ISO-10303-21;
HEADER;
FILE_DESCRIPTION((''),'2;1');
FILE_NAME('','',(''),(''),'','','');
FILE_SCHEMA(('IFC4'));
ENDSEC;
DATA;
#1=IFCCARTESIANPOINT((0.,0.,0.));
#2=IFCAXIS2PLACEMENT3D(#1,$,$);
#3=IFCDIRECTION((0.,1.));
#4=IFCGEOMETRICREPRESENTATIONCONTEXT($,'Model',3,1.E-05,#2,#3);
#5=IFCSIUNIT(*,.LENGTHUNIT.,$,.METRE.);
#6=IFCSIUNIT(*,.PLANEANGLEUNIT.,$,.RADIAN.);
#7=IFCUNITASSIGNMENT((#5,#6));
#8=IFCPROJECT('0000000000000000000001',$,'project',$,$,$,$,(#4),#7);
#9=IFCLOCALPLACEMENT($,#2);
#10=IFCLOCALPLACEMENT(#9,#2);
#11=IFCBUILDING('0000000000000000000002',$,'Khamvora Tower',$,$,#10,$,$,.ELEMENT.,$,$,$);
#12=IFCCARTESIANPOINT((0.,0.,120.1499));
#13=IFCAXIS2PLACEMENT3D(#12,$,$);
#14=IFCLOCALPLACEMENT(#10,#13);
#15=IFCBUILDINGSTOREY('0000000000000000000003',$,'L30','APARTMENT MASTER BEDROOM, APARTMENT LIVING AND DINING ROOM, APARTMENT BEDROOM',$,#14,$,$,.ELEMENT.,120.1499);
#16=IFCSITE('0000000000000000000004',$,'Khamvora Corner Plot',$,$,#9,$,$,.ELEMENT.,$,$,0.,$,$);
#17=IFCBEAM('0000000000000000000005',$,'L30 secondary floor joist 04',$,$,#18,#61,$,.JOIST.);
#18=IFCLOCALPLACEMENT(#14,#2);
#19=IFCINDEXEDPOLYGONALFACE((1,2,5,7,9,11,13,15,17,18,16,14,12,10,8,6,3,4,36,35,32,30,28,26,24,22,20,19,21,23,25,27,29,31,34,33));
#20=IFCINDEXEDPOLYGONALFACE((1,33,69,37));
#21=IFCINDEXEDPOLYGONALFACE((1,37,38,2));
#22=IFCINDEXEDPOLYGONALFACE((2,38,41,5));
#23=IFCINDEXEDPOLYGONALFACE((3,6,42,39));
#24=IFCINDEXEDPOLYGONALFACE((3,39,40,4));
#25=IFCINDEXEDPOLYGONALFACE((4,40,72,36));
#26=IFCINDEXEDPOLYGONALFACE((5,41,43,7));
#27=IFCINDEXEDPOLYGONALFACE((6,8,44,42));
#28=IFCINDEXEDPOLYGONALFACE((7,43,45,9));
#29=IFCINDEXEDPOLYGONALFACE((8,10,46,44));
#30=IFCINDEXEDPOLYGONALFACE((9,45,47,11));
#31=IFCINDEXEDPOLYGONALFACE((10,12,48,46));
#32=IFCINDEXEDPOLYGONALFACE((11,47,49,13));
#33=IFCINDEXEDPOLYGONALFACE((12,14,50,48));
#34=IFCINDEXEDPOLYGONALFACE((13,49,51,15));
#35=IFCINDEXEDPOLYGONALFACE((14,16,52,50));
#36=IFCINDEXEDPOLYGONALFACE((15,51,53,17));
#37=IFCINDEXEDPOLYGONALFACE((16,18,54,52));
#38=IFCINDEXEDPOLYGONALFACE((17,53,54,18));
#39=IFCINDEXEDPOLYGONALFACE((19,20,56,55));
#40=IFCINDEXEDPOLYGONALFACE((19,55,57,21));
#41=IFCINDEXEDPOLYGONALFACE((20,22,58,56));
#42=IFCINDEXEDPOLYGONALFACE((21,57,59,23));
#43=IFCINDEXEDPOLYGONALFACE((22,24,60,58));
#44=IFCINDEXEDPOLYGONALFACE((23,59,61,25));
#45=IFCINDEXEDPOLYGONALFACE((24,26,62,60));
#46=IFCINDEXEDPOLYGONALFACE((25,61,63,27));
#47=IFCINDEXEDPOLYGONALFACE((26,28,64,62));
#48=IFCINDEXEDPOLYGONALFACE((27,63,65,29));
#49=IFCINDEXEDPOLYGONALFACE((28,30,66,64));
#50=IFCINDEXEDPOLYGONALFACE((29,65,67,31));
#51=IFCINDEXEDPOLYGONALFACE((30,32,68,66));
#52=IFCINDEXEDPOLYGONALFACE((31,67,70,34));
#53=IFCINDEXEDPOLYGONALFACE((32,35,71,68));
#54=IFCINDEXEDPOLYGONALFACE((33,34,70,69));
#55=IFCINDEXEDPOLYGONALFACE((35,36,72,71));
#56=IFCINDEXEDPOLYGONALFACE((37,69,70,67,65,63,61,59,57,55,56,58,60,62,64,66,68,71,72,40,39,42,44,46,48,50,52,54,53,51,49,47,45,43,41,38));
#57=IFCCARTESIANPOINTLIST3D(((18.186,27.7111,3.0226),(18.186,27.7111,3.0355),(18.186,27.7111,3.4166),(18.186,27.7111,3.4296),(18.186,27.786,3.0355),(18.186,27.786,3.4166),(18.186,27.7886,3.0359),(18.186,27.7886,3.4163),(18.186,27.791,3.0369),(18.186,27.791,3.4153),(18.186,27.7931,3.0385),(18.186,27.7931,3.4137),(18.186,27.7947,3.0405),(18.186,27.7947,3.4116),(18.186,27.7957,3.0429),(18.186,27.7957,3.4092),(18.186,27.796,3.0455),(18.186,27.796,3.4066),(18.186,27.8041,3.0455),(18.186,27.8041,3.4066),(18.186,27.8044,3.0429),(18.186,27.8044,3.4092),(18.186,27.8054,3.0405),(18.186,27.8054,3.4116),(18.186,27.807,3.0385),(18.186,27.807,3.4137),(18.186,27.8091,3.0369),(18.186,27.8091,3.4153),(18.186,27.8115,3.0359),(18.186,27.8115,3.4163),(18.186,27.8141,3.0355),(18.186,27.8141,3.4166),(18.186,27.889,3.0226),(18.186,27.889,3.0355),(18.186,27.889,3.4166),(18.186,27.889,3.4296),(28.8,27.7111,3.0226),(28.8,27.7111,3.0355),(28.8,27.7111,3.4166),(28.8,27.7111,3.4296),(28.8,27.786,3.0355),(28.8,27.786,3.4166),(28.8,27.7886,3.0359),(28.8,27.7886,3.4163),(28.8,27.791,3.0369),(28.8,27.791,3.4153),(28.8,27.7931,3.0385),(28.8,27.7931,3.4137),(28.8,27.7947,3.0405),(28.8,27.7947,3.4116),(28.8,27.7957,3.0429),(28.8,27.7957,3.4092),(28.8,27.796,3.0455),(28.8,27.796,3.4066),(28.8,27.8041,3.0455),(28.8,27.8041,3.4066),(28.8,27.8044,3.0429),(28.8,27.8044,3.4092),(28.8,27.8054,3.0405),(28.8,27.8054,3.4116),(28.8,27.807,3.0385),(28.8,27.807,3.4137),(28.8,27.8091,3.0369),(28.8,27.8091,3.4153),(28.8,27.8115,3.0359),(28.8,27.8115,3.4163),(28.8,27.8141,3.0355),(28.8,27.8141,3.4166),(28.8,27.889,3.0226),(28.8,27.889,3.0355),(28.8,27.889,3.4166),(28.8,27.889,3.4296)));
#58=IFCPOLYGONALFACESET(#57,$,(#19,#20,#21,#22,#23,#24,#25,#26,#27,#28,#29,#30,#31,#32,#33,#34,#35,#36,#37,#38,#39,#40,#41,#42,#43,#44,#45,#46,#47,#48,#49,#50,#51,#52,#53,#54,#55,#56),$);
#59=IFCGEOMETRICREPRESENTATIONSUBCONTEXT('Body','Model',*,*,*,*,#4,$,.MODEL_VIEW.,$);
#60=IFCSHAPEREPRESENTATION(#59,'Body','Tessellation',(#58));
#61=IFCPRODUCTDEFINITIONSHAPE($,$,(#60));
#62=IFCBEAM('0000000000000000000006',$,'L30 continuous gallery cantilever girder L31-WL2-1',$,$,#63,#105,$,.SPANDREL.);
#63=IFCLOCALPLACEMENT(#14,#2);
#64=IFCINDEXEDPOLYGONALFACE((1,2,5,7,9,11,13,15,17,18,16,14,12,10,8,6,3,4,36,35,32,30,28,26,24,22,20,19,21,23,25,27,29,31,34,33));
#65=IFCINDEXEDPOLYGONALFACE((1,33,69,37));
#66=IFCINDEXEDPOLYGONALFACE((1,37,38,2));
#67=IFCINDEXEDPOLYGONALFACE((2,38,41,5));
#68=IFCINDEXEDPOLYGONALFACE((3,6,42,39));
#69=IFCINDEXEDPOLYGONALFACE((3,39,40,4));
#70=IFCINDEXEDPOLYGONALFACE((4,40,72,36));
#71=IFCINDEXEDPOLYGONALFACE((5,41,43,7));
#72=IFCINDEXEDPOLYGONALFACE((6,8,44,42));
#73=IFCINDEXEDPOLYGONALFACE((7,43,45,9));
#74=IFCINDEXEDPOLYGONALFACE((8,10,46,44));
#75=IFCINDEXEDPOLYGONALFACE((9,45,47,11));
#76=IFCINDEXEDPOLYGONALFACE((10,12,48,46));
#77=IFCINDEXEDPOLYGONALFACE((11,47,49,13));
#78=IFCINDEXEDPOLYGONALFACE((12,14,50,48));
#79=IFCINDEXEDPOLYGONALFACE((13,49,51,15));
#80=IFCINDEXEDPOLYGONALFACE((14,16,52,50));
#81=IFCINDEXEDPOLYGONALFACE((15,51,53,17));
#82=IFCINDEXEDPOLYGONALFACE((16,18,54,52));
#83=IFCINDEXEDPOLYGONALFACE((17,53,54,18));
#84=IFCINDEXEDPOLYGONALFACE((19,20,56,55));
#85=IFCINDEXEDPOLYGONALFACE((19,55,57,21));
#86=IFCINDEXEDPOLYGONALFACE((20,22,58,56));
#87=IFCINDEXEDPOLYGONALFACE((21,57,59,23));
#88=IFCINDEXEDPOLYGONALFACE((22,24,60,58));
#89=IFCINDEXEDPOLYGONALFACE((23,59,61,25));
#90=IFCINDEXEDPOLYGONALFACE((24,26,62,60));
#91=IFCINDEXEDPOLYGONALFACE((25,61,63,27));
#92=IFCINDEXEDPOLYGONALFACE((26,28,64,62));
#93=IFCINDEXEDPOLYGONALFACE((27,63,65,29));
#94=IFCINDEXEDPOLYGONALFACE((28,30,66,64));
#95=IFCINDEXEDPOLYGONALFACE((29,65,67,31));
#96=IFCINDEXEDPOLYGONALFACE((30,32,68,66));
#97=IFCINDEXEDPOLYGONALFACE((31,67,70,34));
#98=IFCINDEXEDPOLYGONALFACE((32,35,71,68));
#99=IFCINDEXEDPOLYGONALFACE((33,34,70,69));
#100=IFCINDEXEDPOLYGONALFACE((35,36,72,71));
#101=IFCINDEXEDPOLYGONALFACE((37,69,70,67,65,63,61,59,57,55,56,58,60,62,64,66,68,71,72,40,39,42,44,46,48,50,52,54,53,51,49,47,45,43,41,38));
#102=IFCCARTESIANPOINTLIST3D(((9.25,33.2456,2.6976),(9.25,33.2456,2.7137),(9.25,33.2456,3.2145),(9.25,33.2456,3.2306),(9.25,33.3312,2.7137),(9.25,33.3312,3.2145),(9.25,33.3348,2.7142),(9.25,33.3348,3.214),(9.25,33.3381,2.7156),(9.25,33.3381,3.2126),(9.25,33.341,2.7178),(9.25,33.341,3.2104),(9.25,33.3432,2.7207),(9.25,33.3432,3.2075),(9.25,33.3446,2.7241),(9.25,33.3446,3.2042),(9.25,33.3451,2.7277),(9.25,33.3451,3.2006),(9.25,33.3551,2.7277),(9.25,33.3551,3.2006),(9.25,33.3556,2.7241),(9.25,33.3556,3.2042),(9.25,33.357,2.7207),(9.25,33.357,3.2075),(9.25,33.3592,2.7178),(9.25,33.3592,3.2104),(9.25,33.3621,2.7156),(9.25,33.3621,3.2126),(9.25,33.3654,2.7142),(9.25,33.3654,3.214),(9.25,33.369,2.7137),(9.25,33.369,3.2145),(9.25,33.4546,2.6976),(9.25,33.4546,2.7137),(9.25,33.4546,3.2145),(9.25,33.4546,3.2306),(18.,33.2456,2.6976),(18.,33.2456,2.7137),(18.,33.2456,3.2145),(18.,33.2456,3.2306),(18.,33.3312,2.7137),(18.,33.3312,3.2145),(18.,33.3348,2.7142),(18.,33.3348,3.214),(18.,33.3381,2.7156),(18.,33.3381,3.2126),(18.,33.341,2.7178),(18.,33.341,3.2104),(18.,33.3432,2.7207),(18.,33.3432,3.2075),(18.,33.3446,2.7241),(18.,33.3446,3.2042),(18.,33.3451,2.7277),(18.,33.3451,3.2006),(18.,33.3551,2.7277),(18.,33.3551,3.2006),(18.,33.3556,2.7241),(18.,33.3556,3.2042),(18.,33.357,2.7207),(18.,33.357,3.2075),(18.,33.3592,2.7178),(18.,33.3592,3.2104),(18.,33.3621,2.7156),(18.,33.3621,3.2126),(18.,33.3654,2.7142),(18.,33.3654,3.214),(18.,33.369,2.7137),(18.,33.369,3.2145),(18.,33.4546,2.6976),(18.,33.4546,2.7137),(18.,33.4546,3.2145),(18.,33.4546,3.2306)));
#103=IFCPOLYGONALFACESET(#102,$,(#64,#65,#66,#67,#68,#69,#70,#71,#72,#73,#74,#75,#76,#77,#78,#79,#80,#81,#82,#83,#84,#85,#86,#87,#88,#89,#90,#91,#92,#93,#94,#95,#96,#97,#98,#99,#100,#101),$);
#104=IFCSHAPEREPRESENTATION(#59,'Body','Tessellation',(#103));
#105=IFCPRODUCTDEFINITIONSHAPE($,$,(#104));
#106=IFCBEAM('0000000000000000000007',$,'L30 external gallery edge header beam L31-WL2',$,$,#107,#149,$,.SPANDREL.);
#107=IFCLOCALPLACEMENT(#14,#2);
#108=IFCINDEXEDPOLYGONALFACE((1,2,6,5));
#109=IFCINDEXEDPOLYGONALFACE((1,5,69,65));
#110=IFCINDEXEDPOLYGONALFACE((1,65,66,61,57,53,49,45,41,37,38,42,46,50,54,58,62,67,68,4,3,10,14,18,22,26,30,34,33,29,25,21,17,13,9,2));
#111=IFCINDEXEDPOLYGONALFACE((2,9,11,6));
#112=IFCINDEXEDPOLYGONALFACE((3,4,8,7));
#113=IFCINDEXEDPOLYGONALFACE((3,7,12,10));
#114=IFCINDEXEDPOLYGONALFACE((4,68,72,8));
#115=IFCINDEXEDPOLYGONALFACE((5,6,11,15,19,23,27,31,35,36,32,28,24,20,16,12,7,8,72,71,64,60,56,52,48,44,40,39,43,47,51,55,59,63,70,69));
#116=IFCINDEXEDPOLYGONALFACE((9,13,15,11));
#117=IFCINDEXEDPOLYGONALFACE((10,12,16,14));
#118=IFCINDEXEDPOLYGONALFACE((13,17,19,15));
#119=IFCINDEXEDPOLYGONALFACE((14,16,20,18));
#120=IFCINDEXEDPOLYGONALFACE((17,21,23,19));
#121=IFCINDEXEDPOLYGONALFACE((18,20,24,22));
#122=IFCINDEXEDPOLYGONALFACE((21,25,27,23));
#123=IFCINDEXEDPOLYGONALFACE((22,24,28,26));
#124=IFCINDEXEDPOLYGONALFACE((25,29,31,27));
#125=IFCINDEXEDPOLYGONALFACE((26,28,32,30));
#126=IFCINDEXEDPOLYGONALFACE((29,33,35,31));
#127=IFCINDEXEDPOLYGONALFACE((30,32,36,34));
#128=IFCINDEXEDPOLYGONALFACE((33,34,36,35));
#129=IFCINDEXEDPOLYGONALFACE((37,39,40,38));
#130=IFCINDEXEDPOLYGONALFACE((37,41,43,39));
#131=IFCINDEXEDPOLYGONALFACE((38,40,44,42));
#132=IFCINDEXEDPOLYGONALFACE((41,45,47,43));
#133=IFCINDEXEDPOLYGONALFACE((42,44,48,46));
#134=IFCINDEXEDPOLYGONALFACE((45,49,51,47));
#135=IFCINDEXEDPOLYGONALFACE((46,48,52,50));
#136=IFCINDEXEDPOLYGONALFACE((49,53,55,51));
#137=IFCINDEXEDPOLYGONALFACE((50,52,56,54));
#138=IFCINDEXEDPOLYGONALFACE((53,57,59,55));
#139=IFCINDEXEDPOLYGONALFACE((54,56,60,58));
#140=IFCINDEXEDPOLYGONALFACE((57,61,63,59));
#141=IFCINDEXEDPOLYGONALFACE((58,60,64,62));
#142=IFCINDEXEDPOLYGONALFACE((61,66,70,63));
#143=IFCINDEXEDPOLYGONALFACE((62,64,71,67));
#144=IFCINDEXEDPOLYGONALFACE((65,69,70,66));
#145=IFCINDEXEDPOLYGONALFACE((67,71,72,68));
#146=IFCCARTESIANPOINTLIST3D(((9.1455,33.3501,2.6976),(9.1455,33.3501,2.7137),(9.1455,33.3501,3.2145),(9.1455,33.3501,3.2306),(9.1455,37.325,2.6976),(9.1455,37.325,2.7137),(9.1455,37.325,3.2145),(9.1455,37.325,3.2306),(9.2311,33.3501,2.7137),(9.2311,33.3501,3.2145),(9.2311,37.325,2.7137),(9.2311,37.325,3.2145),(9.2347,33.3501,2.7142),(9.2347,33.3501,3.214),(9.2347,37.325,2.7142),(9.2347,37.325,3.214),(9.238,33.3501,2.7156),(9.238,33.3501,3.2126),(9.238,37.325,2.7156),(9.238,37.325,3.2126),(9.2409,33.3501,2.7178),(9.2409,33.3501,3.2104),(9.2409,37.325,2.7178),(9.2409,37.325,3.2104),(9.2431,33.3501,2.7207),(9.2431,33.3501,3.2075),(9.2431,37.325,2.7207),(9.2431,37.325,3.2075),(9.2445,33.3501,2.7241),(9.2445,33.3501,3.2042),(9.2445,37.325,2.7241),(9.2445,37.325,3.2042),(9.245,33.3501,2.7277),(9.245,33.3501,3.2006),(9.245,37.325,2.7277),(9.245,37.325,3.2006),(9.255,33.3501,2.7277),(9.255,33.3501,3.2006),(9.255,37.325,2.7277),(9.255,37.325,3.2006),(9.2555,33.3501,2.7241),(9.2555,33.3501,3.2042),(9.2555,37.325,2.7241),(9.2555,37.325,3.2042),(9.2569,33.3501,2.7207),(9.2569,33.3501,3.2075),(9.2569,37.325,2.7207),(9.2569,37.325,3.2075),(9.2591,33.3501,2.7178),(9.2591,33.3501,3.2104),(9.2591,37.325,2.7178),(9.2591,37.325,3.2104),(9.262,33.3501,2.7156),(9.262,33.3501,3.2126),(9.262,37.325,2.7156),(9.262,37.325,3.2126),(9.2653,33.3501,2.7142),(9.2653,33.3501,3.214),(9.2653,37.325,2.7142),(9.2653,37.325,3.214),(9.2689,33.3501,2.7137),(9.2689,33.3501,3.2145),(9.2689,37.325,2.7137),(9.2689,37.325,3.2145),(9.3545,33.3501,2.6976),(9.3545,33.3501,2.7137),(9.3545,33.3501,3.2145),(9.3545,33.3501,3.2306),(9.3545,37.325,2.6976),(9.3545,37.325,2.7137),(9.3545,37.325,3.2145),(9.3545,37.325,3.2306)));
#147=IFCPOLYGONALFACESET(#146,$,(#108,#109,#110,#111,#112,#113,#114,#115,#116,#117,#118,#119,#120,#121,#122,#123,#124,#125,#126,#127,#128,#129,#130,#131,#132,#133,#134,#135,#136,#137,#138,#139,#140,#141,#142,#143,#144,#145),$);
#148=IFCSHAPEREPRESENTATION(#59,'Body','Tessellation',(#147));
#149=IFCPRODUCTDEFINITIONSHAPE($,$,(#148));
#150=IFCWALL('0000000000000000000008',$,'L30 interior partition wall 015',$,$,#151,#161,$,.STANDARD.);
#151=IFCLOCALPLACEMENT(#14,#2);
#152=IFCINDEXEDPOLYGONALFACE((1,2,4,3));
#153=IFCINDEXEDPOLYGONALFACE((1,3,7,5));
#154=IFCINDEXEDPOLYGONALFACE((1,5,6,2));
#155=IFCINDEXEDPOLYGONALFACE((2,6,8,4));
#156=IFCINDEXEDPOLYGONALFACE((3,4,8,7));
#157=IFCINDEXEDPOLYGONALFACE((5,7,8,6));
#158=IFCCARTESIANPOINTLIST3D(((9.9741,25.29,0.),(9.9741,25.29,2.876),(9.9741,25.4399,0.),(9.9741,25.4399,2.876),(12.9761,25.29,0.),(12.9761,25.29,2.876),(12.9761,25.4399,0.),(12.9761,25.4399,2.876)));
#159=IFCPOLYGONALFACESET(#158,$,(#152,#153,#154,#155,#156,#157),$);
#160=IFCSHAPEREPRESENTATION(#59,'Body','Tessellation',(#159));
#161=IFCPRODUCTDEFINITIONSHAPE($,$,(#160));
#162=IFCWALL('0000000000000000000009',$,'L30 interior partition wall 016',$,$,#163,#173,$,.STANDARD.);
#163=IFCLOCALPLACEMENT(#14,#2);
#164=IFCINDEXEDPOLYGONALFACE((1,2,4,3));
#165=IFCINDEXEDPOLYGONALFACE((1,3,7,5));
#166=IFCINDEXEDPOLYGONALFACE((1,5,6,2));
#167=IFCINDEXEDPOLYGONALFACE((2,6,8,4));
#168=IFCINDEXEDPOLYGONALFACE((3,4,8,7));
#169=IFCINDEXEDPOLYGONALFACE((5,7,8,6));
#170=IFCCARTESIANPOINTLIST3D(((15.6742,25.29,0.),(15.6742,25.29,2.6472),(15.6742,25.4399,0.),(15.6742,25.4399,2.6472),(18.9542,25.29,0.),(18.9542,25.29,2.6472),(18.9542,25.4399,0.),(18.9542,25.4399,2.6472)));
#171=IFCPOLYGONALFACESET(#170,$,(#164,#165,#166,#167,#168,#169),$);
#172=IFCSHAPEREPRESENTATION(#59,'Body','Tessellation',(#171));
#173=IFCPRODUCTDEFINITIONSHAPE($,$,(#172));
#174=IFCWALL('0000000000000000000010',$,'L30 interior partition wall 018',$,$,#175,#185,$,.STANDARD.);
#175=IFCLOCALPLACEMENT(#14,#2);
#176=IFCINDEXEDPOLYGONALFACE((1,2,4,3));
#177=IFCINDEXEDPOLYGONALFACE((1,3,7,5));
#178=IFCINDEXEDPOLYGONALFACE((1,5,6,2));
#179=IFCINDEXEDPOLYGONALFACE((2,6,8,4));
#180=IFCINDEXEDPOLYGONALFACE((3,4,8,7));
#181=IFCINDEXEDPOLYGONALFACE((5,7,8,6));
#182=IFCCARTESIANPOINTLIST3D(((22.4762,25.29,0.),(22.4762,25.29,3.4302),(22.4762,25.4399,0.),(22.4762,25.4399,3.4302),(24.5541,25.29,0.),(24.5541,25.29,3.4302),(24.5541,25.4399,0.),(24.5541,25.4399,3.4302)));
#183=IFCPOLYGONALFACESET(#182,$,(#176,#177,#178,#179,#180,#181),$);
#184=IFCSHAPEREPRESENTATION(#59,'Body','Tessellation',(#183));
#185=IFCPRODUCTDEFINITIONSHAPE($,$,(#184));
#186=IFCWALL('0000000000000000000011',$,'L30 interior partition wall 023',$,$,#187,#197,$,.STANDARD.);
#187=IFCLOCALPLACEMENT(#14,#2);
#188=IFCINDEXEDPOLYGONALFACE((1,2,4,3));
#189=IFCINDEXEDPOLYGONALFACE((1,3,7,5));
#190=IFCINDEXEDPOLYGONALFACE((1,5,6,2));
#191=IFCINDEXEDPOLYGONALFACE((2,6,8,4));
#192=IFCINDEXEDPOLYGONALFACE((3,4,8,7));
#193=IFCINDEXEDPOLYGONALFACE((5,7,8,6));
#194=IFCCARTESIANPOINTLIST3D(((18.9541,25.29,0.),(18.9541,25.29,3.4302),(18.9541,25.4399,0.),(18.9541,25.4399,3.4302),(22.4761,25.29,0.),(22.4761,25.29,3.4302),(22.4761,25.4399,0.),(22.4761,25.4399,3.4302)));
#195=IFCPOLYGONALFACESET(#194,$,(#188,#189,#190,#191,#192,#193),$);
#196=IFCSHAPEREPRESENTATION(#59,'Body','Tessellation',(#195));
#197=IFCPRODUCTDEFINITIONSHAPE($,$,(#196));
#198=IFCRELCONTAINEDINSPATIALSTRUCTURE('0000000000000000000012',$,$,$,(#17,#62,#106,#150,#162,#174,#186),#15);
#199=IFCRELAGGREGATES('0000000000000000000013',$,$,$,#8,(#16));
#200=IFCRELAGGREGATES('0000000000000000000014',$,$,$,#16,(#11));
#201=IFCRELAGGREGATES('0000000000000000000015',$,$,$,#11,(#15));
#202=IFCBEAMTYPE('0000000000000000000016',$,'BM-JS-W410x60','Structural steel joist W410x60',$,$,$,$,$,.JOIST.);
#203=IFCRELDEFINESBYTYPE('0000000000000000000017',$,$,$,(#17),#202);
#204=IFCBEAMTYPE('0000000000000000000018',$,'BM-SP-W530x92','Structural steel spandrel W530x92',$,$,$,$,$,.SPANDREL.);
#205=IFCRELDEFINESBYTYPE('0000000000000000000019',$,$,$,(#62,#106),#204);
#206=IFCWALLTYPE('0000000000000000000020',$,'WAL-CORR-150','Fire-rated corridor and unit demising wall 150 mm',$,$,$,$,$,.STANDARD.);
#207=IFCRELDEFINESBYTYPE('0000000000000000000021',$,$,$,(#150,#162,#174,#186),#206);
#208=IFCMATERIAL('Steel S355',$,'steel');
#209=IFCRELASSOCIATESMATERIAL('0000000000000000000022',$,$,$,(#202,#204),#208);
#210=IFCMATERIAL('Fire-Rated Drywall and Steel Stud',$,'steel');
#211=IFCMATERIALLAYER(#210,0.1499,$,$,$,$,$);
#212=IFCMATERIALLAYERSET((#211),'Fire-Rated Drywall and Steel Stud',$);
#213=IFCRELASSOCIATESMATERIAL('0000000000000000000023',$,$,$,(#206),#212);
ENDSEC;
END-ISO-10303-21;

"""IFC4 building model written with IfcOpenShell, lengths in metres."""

from ifc_helpers import new_model, si_unit, direction, frame, frame_2d, origin, origin_2d, place, context, subcontext, project, spatial, rectangle, i_section, extrude, material, layer, layer_set, material_profile, profile_set, type_object, element, save


model = new_model("IFC4")

# Units and contexts
model_context = context("Model", 3, precision=1e-05, world=origin(), true_north=direction((0.0, 1.0)))
body_context = subcontext(model_context, "Body", "Model", "MODEL_VIEW")
ifc_project = project(units=[si_unit("LENGTHUNIT", "METRE"), si_unit("PLANEANGLEUNIT", "RADIAN")], contexts=[model_context])

# Site, building, storey
site_placement = place(None, origin())
site = spatial("IfcSite", under=ifc_project, at=site_placement, Name="Khamvora Corner Plot", CompositionType="ELEMENT", RefElevation=0.0)
building_placement = place(site_placement, origin())
building = spatial("IfcBuilding", under=site, at=building_placement, Name="Khamvora Tower", CompositionType="ELEMENT")
storey_placement = place(building_placement, frame((0.0, 0.0, 120.1499)))
storey = spatial("IfcBuildingStorey", under=building, at=storey_placement, Name="L30", Description="APARTMENT MASTER BEDROOM, APARTMENT LIVING AND DINING ROOM, APARTMENT BEDROOM", CompositionType="ELEMENT", Elevation=120.1499)

# Beams
ifc_material_1 = material(Name="Steel S355", Category="steel")
ifc_material_profile_1 = material_profile(ifc_material_1, i_section(OverallWidth=0.178, OverallDepth=0.407, WebThickness=0.0081, FlangeThickness=0.0129, FilletRadius=0.01, at=origin_2d()), Name="W410x60")
ifc_profile_set_1 = profile_set([ifc_material_profile_1], Name="Steel S355")
beam_type_1 = type_object("IfcBeamType", Name="BM-JS-W410x60", Description="Structural steel joist W410x60", PredefinedType="JOIST", material=ifc_profile_set_1)
beam_1_placement = place(storey_placement, frame((18.186, 27.8, 3.2261), z_axis=(1.0, 0.0, 0.0), x_axis=(0.0, 1.0, 0.0)))
element("IfcBeam", 1, at=beam_1_placement, inside=storey, type_object=beam_type_1, Name="L30 secondary floor joist 04", PredefinedType="JOIST", context=body_context, shape_type="SweptSolid", body=[
    extrude(i_section(OverallWidth=0.178, OverallDepth=0.407, WebThickness=0.0081, FlangeThickness=0.0129, FilletRadius=0.01, at=origin_2d()), origin(), (0.0, 0.0, 1.0), 10.614),
])
ifc_material_profile_2 = material_profile(ifc_material_1, i_section(OverallWidth=0.209, OverallDepth=0.533, WebThickness=0.01, FlangeThickness=0.0161, FilletRadius=0.0139, at=origin_2d()), Name="W530x92")
ifc_profile_set_2 = profile_set([ifc_material_profile_2], Name="Steel S355")
beam_type_2 = type_object("IfcBeamType", Name="BM-SP-W530x92", Description="Structural steel spandrel W530x92", PredefinedType="SPANDREL", material=ifc_profile_set_2)
beam_2_placement = place(storey_placement, frame((18.0, 33.3501, 2.9641), z_axis=(-1.0, 0.0, 0.0), x_axis=(0.0, -1.0, 0.0)))
element("IfcBeam", 2, at=beam_2_placement, inside=storey, type_object=beam_type_2, Name="L30 continuous gallery cantilever girder L31-WL2-1", PredefinedType="SPANDREL", context=body_context, shape_type="SweptSolid", body=[
    extrude(i_section(OverallWidth=0.209, OverallDepth=0.533, WebThickness=0.01, FlangeThickness=0.0161, FilletRadius=0.0139, at=origin_2d()), origin(), (0.0, 0.0, 1.0), 8.75),
])
beam_3_placement = place(storey_placement, frame((9.25, 33.3501, 2.9641), z_axis=(0.0, 1.0, 0.0), x_axis=(-1.0, 0.0, 0.0)))
element("IfcBeam", 3, at=beam_3_placement, inside=storey, type_object=beam_type_2, Name="L30 external gallery edge header beam L31-WL2", PredefinedType="SPANDREL", context=body_context, shape_type="SweptSolid", body=[
    extrude(i_section(OverallWidth=0.209, OverallDepth=0.533, WebThickness=0.01, FlangeThickness=0.0161, FilletRadius=0.0139, at=origin_2d()), origin(), (0.0, 0.0, 1.0), 3.9749),
])

# Shared definitions
ifc_material_2 = material(Name="Fire-Rated Drywall and Steel Stud", Category="steel")
ifc_layer_1 = layer(ifc_material_2, 0.1499)
ifc_layer_set_1 = layer_set([ifc_layer_1], Name="Fire-Rated Drywall and Steel Stud")
wall_type_1 = type_object("IfcWallType", Name="WAL-CORR-150", Description="Fire-rated corridor and unit demising wall 150 mm", PredefinedType="STANDARD", material=ifc_layer_set_1)

# Walls
wall_1_placement = place(storey_placement, frame((9.9741, 25.365, 0.0), z_axis=(0.0, 0.0, 1.0), x_axis=(1.0, 0.0, 0.0)))
element("IfcWall", 4, at=wall_1_placement, inside=storey, type_object=wall_type_1, Name="L30 interior partition wall 015", PredefinedType="STANDARD", context=body_context, shape_type="SweptSolid", body=[
    extrude(rectangle(XDim=3.002, YDim=0.1499, at=frame_2d((1.501, 0.0))), origin(), (0.0, 0.0, 1.0), 2.876),
])
wall_2_placement = place(storey_placement, frame((15.6741, 25.365, 0.0), z_axis=(0.0, 0.0, 1.0), x_axis=(1.0, 0.0, 0.0)))
element("IfcWall", 5, at=wall_2_placement, inside=storey, type_object=wall_type_1, Name="L30 interior partition wall 016", PredefinedType="STANDARD", context=body_context, shape_type="SweptSolid", body=[
    extrude(rectangle(XDim=3.28, YDim=0.1499, at=frame_2d((1.6401, 0.0))), origin(), (0.0, 0.0, 1.0), 2.6472),
])
wall_3_placement = place(storey_placement, frame((22.4761, 25.365, 0.0), z_axis=(0.0, 0.0, 1.0), x_axis=(1.0, 0.0, 0.0)))
element("IfcWall", 6, at=wall_3_placement, inside=storey, type_object=wall_type_1, Name="L30 interior partition wall 018", PredefinedType="STANDARD", context=body_context, shape_type="SweptSolid", body=[
    extrude(rectangle(XDim=2.0779, YDim=0.1499, at=frame_2d((1.0391, 0.0))), origin(), (0.0, 0.0, 1.0), 3.4302),
])
wall_4_placement = place(storey_placement, frame((18.9541, 25.365, 0.0), z_axis=(0.0, 0.0, 1.0), x_axis=(1.0, 0.0, 0.0)))
element("IfcWall", 7, at=wall_4_placement, inside=storey, type_object=wall_type_1, Name="L30 interior partition wall 023", PredefinedType="STANDARD", context=body_context, shape_type="SweptSolid", body=[
    extrude(rectangle(XDim=3.522, YDim=0.1499, at=frame_2d((1.761, 0.0))), origin(), (0.0, 0.0, 1.0), 3.4302),
])

save(model, "model.ifc")
